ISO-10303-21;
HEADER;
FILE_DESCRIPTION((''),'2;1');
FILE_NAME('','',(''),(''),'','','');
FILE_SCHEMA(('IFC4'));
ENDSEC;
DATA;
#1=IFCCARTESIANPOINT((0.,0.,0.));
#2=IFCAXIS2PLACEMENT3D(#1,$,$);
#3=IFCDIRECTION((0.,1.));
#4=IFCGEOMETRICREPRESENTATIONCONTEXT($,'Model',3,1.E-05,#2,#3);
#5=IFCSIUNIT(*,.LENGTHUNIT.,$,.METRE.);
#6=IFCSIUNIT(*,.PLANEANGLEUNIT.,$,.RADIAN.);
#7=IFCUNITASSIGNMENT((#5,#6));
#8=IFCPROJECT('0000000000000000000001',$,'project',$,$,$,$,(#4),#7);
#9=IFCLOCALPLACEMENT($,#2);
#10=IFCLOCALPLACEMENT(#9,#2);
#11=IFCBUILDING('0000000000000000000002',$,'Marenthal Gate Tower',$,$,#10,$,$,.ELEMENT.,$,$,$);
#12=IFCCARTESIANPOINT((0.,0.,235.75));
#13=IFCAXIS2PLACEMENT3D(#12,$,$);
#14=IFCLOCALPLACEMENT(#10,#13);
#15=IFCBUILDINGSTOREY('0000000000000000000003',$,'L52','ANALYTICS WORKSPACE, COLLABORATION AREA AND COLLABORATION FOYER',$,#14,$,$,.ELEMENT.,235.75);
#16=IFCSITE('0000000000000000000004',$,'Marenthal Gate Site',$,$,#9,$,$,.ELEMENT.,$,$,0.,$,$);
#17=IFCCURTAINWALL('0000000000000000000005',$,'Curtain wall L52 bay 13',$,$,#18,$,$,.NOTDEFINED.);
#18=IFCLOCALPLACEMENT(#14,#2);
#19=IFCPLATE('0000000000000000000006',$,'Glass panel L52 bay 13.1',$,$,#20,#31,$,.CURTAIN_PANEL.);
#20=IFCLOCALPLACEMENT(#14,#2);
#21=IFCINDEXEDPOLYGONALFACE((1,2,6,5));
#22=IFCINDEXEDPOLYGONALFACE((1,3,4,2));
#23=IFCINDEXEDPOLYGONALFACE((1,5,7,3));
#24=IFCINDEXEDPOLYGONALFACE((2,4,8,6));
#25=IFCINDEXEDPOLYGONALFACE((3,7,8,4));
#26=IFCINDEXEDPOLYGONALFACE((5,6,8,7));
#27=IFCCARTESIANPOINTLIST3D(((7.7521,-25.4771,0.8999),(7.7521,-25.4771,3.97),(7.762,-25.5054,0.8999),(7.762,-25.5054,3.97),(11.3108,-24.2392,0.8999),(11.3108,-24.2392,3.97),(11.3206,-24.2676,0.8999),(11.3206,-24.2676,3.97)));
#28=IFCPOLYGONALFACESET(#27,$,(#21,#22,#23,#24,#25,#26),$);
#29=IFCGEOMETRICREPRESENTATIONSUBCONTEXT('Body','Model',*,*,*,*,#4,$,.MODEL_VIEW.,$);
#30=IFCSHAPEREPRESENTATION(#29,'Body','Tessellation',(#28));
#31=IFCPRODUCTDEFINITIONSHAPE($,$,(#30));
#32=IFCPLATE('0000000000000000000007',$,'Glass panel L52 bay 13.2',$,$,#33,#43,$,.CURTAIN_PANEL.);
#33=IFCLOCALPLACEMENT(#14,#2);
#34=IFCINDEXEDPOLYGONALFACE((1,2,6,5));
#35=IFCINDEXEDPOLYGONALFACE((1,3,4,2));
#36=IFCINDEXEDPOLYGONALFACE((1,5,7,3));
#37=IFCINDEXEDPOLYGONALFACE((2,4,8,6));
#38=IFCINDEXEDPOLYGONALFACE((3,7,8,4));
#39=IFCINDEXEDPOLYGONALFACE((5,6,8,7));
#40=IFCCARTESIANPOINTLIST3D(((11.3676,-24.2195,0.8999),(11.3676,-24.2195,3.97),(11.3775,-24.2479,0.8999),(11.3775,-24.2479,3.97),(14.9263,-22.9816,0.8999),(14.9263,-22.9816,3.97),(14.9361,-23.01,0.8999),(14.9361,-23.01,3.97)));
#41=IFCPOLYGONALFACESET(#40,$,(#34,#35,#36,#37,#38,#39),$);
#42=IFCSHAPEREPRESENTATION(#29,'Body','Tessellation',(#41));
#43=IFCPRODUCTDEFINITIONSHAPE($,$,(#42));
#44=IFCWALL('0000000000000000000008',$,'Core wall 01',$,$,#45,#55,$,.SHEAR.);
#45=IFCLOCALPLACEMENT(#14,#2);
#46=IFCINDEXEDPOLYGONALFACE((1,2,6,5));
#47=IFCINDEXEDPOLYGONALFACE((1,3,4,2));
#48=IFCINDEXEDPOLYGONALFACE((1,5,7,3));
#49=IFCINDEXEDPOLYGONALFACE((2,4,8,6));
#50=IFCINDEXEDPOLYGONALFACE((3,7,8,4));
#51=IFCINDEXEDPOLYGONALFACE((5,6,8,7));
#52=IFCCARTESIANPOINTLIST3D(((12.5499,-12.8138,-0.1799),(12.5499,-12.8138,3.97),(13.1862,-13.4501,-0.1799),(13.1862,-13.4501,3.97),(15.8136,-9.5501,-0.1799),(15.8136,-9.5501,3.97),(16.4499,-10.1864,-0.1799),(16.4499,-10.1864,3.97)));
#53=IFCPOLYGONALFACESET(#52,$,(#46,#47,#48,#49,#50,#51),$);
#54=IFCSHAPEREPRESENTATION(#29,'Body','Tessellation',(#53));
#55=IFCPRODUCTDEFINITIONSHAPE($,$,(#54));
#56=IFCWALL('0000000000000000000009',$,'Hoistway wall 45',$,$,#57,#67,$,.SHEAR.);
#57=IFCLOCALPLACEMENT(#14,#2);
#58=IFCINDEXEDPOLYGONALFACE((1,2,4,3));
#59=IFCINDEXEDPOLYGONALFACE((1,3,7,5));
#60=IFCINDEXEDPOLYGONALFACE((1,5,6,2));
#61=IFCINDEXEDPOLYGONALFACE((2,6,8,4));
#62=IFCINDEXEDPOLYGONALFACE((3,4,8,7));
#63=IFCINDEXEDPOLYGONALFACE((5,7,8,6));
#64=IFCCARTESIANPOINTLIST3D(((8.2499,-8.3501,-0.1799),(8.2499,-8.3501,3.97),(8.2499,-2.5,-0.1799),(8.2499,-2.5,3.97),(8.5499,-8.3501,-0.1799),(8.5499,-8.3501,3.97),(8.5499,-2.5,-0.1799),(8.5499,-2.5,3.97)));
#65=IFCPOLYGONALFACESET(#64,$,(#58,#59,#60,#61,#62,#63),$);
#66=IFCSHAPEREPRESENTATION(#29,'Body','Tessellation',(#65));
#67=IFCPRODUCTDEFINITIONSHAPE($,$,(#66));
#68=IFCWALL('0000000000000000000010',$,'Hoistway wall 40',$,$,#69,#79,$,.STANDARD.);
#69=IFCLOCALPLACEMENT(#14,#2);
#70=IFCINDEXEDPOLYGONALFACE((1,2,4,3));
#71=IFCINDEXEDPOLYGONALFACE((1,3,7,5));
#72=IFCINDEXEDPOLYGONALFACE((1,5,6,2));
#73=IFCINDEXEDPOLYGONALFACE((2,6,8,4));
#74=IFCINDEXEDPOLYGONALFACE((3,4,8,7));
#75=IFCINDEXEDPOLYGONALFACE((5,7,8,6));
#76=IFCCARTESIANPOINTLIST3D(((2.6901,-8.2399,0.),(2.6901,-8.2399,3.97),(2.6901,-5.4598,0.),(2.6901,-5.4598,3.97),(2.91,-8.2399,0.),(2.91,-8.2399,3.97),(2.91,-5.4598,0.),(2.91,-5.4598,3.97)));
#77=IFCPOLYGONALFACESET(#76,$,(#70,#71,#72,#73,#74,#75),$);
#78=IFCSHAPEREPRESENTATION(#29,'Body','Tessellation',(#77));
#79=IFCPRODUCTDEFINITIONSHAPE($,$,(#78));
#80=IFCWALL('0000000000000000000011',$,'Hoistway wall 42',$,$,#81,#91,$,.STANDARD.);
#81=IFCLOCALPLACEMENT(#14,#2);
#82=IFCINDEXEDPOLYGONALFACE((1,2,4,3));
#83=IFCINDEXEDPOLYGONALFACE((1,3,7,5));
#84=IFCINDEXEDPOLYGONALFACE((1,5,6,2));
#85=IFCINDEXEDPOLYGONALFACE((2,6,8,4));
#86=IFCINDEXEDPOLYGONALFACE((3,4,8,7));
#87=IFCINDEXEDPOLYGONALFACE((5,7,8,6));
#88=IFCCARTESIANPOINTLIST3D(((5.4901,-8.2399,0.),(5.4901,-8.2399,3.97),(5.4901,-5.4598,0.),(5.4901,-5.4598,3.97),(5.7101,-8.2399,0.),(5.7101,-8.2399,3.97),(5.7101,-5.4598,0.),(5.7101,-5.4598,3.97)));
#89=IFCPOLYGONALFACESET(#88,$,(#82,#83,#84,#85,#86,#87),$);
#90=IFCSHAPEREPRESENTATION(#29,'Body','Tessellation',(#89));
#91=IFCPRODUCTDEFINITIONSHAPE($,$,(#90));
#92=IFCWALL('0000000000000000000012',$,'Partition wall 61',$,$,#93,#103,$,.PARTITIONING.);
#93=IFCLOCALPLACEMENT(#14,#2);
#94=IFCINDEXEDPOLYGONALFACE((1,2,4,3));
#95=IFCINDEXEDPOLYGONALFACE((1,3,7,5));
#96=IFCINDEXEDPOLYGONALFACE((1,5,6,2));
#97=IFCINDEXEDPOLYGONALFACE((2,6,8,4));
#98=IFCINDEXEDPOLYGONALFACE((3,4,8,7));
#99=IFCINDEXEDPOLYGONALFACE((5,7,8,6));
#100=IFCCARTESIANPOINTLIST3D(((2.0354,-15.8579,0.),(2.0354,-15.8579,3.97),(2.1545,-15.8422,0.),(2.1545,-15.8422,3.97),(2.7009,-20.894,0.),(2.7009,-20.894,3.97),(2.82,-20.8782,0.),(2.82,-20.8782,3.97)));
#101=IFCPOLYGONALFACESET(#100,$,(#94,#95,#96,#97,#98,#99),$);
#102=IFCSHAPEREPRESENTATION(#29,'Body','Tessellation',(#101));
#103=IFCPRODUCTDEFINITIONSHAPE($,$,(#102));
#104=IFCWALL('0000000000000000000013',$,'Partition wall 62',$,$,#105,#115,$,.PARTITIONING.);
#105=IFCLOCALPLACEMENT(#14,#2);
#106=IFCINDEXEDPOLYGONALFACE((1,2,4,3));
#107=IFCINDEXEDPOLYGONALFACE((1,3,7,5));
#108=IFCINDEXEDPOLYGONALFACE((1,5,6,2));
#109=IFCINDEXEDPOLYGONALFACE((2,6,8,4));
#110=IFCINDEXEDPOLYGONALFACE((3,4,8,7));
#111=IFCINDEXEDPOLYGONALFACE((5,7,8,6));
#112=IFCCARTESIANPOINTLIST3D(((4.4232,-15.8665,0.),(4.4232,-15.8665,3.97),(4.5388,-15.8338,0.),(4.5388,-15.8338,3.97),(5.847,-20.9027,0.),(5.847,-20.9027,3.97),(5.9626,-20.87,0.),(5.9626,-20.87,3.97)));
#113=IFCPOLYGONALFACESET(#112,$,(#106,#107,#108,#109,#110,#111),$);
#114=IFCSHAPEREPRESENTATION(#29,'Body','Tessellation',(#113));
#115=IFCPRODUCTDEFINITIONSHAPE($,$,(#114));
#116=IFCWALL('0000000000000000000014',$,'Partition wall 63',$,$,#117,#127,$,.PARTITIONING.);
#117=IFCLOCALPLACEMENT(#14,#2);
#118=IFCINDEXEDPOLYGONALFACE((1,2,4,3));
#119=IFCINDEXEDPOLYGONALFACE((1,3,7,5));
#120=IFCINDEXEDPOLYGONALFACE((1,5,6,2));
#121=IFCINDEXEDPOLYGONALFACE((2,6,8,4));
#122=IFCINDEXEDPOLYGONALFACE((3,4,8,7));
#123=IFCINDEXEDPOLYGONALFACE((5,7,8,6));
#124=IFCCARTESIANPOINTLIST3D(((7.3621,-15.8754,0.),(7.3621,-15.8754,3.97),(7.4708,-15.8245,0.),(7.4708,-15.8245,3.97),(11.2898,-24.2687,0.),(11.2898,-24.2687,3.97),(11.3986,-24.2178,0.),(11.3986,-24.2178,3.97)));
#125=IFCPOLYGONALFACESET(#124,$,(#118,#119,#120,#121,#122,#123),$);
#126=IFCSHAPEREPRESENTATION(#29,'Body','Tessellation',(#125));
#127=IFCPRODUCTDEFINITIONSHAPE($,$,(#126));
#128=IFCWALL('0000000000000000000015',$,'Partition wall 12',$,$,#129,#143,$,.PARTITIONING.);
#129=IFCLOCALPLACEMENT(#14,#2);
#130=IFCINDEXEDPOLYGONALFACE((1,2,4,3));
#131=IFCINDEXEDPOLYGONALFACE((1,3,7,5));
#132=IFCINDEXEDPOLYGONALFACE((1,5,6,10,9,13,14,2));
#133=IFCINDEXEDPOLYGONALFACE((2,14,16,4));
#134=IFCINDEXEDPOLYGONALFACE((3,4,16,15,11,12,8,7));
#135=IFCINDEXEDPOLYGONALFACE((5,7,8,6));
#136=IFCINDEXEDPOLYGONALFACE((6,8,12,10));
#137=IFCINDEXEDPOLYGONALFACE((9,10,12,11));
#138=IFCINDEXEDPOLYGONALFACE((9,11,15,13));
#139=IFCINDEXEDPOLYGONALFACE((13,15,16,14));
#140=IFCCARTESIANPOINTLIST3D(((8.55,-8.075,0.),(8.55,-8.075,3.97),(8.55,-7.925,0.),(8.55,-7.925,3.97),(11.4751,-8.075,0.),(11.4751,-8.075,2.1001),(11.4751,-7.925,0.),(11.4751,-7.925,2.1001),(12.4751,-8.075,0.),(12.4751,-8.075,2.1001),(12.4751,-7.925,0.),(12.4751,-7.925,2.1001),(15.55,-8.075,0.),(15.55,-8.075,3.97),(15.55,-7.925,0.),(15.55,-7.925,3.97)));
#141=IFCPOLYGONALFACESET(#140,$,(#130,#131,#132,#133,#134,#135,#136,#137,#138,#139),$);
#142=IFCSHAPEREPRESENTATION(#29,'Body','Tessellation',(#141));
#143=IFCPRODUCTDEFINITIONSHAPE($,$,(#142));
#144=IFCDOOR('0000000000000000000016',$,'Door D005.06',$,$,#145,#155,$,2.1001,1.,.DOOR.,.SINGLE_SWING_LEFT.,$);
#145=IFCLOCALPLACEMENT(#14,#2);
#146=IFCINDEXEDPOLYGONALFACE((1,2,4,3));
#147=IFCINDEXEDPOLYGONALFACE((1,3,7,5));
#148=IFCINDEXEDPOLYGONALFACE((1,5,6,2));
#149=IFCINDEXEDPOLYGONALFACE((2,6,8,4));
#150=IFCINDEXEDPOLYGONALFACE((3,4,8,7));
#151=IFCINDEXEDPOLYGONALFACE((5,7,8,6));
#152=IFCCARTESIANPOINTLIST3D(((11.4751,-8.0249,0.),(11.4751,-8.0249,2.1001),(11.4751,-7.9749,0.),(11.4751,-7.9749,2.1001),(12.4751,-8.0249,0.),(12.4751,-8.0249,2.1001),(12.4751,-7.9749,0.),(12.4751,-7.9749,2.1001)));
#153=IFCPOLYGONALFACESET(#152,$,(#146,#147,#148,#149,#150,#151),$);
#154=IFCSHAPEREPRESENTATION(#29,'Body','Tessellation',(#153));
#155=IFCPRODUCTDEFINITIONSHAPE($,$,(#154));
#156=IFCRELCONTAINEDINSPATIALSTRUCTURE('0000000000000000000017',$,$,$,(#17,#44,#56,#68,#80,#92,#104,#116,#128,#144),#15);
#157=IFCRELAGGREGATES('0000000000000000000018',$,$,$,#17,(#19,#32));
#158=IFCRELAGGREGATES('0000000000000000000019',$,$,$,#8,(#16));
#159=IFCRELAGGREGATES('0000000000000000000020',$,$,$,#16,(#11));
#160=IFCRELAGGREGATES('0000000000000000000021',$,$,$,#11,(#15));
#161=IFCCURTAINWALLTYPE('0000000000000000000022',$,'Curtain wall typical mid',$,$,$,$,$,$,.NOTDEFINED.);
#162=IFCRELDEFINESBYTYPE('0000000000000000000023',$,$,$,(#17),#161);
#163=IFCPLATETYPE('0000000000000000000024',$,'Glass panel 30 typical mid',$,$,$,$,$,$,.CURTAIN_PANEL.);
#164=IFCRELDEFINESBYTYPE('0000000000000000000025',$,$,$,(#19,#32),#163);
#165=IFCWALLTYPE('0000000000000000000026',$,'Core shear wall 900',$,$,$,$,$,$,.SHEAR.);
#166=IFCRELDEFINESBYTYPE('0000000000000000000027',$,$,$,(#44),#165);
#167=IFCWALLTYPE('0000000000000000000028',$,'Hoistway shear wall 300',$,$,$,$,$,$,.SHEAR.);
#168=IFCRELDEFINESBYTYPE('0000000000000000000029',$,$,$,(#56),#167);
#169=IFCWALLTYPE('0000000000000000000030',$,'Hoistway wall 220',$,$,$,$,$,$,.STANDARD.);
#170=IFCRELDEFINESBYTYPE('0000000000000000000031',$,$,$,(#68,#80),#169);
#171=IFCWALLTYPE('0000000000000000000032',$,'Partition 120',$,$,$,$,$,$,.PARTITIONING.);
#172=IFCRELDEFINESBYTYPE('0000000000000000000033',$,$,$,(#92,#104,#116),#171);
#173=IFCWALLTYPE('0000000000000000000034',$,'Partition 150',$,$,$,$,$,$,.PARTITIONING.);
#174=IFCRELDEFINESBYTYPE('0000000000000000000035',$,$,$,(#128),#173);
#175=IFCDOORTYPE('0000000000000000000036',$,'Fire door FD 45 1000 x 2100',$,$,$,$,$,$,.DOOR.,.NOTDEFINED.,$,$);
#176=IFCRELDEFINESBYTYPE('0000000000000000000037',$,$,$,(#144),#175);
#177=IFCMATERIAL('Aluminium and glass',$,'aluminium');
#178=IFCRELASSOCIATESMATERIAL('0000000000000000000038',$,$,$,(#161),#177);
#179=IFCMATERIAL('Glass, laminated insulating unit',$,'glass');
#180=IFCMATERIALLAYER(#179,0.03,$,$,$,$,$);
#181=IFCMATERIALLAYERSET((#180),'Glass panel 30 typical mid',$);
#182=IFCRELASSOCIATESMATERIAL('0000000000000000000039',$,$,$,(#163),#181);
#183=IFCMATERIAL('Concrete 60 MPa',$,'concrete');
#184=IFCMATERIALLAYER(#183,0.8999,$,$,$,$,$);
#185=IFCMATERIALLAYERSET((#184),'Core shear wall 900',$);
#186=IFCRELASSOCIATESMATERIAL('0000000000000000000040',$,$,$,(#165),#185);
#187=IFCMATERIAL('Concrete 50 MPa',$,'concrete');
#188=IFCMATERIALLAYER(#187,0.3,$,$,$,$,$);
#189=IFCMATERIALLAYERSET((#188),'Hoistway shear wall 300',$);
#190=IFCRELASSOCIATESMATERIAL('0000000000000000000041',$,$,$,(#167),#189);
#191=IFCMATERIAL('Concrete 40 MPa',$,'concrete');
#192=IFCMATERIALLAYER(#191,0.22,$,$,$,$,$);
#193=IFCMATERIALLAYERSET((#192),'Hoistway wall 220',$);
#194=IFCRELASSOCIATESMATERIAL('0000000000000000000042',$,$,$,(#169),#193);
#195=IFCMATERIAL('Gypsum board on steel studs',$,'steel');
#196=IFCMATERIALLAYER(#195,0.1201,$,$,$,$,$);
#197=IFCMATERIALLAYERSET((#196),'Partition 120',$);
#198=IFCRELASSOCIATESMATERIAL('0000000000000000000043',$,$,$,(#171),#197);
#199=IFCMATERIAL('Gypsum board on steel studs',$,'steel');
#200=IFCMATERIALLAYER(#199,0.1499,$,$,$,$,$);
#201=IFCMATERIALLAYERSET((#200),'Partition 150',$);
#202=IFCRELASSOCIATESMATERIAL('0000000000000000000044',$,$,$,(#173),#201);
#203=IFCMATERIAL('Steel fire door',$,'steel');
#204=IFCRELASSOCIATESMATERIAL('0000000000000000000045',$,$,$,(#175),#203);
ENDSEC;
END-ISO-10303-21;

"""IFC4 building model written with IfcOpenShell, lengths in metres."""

from ifc_helpers import new_model, si_unit, direction, frame, frame_2d, origin, origin_2d, place, context, subcontext, project, spatial, rectangle, extrude, material, layer, layer_set, type_object, element, fill, aggregate, save


model = new_model("IFC4")

# Units and contexts
model_context = context("Model", 3, precision=1e-05, world=origin(), true_north=direction((0.0, 1.0)))
body_context = subcontext(model_context, "Body", "Model", "MODEL_VIEW")
ifc_project = project(units=[si_unit("LENGTHUNIT", "METRE"), si_unit("PLANEANGLEUNIT", "RADIAN")], contexts=[model_context])

# Site, building, storey
site_placement = place(None, origin())
site = spatial("IfcSite", under=ifc_project, at=site_placement, Name="Marenthal Gate Site", CompositionType="ELEMENT", RefElevation=0.0)
building_placement = place(site_placement, origin())
building = spatial("IfcBuilding", under=site, at=building_placement, Name="Marenthal Gate Tower", CompositionType="ELEMENT")
storey_placement = place(building_placement, frame((0.0, 0.0, 235.75)))
storey = spatial("IfcBuildingStorey", under=building, at=storey_placement, Name="L52", Description="ANALYTICS WORKSPACE, COLLABORATION AREA AND COLLABORATION FOYER", CompositionType="ELEMENT", Elevation=235.75)

# Curtain wall
ifc_material_1 = material(Name="Aluminium and glass", Category="aluminium")
curtain_wall_type = type_object("IfcCurtainWallType", Name="Curtain wall typical mid", PredefinedType="NOTDEFINED", material=ifc_material_1)
curtain_wall_placement = place(storey_placement, origin())
curtain_wall = element("IfcCurtainWall", 1, at=curtain_wall_placement, inside=storey, type_object=curtain_wall_type, Name="Curtain wall L52 bay 13", PredefinedType="NOTDEFINED")

# Plates
ifc_material_2 = material(Name="Glass, laminated insulating unit", Category="glass")
ifc_layer_1 = layer(ifc_material_2, 0.03)
ifc_layer_set_1 = layer_set([ifc_layer_1], Name="Glass panel 30 typical mid")
plate_type = type_object("IfcPlateType", Name="Glass panel 30 typical mid", PredefinedType="CURTAIN_PANEL", material=ifc_layer_set_1)
plate_1_placement = place(storey_placement, frame((9.5364, -24.8723, 0.8999), z_axis=(0.0, 0.0, 1.0), x_axis=(0.94449, 0.32854, 0.0)))
plate_1 = element("IfcPlate", 2, at=plate_1_placement, type_object=plate_type, Name="Glass panel L52 bay 13.1", PredefinedType="CURTAIN_PANEL", context=body_context, shape_type="SweptSolid", body=[
    extrude(rectangle(XDim=3.7678, YDim=0.03, at=origin_2d()), origin(), (0.0, 0.0, 1.0), 3.0701),
])
plate_2_placement = place(storey_placement, frame((13.1519, -23.6147, 0.8999), z_axis=(0.0, 0.0, 1.0), x_axis=(0.94449, 0.32854, 0.0)))
plate_2 = element("IfcPlate", 3, at=plate_2_placement, type_object=plate_type, Name="Glass panel L52 bay 13.2", PredefinedType="CURTAIN_PANEL", context=body_context, shape_type="SweptSolid", body=[
    extrude(rectangle(XDim=3.7678, YDim=0.03, at=origin_2d()), origin(), (0.0, 0.0, 1.0), 3.0701),
])
aggregate(curtain_wall, [plate_1, plate_2])

# Walls
ifc_material_3 = material(Name="Concrete 60 MPa", Category="concrete")
ifc_layer_2 = layer(ifc_material_3, 0.8999)
ifc_layer_set_2 = layer_set([ifc_layer_2], Name="Core shear wall 900")
wall_type_1 = type_object("IfcWallType", Name="Core shear wall 900", PredefinedType="SHEAR", material=ifc_layer_set_2)
wall_1_placement = place(storey_placement, frame((12.8682, -13.1318, -0.1799), z_axis=(0.0, 0.0, 1.0), x_axis=(0.707107, 0.707107, 0.0)))
element("IfcWall", 4, at=wall_1_placement, inside=storey, type_object=wall_type_1, Name="Core wall 01", PredefinedType="SHEAR", context=body_context, shape_type="SweptSolid", body=[
    extrude(rectangle(XDim=4.6155, YDim=0.8999, at=frame_2d((2.3076, 0.0))), origin(), (0.0, 0.0, 1.0), 4.1499),
])
ifc_material_4 = material(Name="Concrete 50 MPa", Category="concrete")
ifc_layer_3 = layer(ifc_material_4, 0.3)
ifc_layer_set_3 = layer_set([ifc_layer_3], Name="Hoistway shear wall 300")
wall_type_2 = type_object("IfcWallType", Name="Hoistway shear wall 300", PredefinedType="SHEAR", material=ifc_layer_set_3)
wall_2_placement = place(storey_placement, frame((8.3999, -8.3501, -0.1799), z_axis=(0.0, 0.0, 1.0), x_axis=(0.0, 1.0, 0.0)))
element("IfcWall", 5, at=wall_2_placement, inside=storey, type_object=wall_type_2, Name="Hoistway wall 45", PredefinedType="SHEAR", context=body_context, shape_type="SweptSolid", body=[
    extrude(rectangle(XDim=5.8501, YDim=0.3, at=frame_2d((2.925, 0.0))), origin(), (0.0, 0.0, 1.0), 4.1499),
])
ifc_material_5 = material(Name="Concrete 40 MPa", Category="concrete")
ifc_layer_4 = layer(ifc_material_5, 0.22)
ifc_layer_set_4 = layer_set([ifc_layer_4], Name="Hoistway wall 220")
wall_type_3 = type_object("IfcWallType", Name="Hoistway wall 220", PredefinedType="STANDARD", material=ifc_layer_set_4)
for number, where, z_axis, x_axis, name in (
    (6, (2.8, -8.24, 0.0), (0.0, 0.0, 1.0), (0.0, 1.0, 0.0), "Hoistway wall 40"),
    (7, (5.6001, -8.24, 0.0), (0.0, 0.0, 1.0), (0.0, 1.0, 0.0), "Hoistway wall 42"),
):
    element("IfcWall", number, at=place(storey_placement, frame(where, z_axis=z_axis, x_axis=x_axis)), inside=storey, type_object=wall_type_3, Name=name, PredefinedType="STANDARD", context=body_context, shape_type="SweptSolid", body=[
        extrude(rectangle(XDim=2.78, YDim=0.22, at=frame_2d((1.3901, 0.0))), origin(), (0.0, 0.0, 1.0), 3.97),
    ])
ifc_material_6 = material(Name="Gypsum board on steel studs", Category="steel")
ifc_layer_5 = layer(ifc_material_6, 0.1201)
ifc_layer_set_5 = layer_set([ifc_layer_5], Name="Partition 120")
wall_type_4 = type_object("IfcWallType", Name="Partition 120", PredefinedType="PARTITIONING", material=ifc_layer_set_5)
wall_3_placement = place(storey_placement, frame((2.7605, -20.8862, 0.0), z_axis=(0.0, 0.0, 1.0), x_axis=(-0.131011, 0.991381, 0.0)))
element("IfcWall", 8, at=wall_3_placement, inside=storey, type_object=wall_type_4, Name="Partition wall 61", PredefinedType="PARTITIONING", context=body_context, shape_type="SweptSolid", body=[
    extrude(rectangle(XDim=5.0798, YDim=0.1201, at=frame_2d((2.54, 0.0))), origin(), (0.0, 0.0, 1.0), 3.97),
])
wall_4_placement = place(storey_placement, frame((5.9048, -20.8862, 0.0), z_axis=(0.0, 0.0, 1.0), x_axis=(-0.272058, 0.962281, 0.0)))
element("IfcWall", 9, at=wall_4_placement, inside=storey, type_object=wall_type_4, Name="Partition wall 62", PredefinedType="PARTITIONING", context=body_context, shape_type="SweptSolid", body=[
    extrude(rectangle(XDim=5.2336, YDim=0.1201, at=frame_2d((2.6167, 0.0))), origin(), (0.0, 0.0, 1.0), 3.97),
])
wall_5_placement = place(storey_placement, frame((7.4165, -15.8501, 0.0), z_axis=(0.0, 0.0, 1.0), x_axis=(0.423847, -0.905734, 0.0)))
element("IfcWall", 10, at=wall_5_placement, inside=storey, type_object=wall_type_4, Name="Partition wall 63", PredefinedType="PARTITIONING", context=body_context, shape_type="SweptSolid", body=[
    extrude(rectangle(XDim=9.2668, YDim=0.1201, at=frame_2d((4.6333, 0.0))), origin(), (0.0, 0.0, 1.0), 3.97),
])

# Wall, opening, door
ifc_material_7 = material(Name="Gypsum board on steel studs", Category="steel")
ifc_layer_6 = layer(ifc_material_7, 0.1499)
ifc_layer_set_6 = layer_set([ifc_layer_6], Name="Partition 150")
wall_type_5 = type_object("IfcWallType", Name="Partition 150", PredefinedType="PARTITIONING", material=ifc_layer_set_6)
wall_6_placement = place(storey_placement, frame((8.55, -8.0, 0.0), z_axis=(0.0, 0.0, 1.0), x_axis=(1.0, 0.0, 0.0)))
wall_6 = element("IfcWall", 11, at=wall_6_placement, inside=storey, type_object=wall_type_5, Name="Partition wall 12", PredefinedType="PARTITIONING", context=body_context, shape_type="SweptSolid", body=[
    extrude(rectangle(XDim=7.0, YDim=0.1499, at=frame_2d((3.5, 0.0))), origin(), (0.0, 0.0, 1.0), 3.97),
])
opening_1_placement = place(wall_6_placement, frame((2.925, 0.0, 0.0)))
opening_1 = element("IfcOpeningElement", 12, at=opening_1_placement, cuts=wall_6, PredefinedType="OPENING", context=body_context, shape_type="SweptSolid", body=[
    extrude(rectangle(XDim=1.0, YDim=2.1001, at=frame_2d((0.5, 1.05))), frame((0.0, 0.085, 0.0), z_axis=(0.0, -1.0, 0.0), x_axis=(1.0, 0.0, 0.0)), (0.0, 0.0, 1.0), 0.1699),
])
ifc_material_8 = material(Name="Steel fire door", Category="steel")
door_type = type_object("IfcDoorType", Name="Fire door FD 45 1000 x 2100", OperationType="NOTDEFINED", PredefinedType="DOOR", material=ifc_material_8)
door_1_placement = place(opening_1_placement, frame((1.0, 0.0, 0.0), z_axis=(0.0, 0.0, 1.0), x_axis=(-1.0, 0.0, 0.0)))
door_1 = element("IfcDoor", 13, at=door_1_placement, inside=storey, type_object=door_type, Name="Door D005.06", OperationType="SINGLE_SWING_LEFT", OverallHeight=2.1001, OverallWidth=1.0, PredefinedType="DOOR", context=body_context, shape_type="SweptSolid", body=[
    extrude(rectangle(XDim=1.0, YDim=2.1001, at=frame_2d((0.5, 1.05))), frame((0.0, 0.0249, 0.0), z_axis=(0.0, -1.0, 0.0), x_axis=(1.0, 0.0, 0.0)), (0.0, 0.0, 1.0), 0.05),
])
fill(opening_1, door_1)

save(model, "model.ifc")
